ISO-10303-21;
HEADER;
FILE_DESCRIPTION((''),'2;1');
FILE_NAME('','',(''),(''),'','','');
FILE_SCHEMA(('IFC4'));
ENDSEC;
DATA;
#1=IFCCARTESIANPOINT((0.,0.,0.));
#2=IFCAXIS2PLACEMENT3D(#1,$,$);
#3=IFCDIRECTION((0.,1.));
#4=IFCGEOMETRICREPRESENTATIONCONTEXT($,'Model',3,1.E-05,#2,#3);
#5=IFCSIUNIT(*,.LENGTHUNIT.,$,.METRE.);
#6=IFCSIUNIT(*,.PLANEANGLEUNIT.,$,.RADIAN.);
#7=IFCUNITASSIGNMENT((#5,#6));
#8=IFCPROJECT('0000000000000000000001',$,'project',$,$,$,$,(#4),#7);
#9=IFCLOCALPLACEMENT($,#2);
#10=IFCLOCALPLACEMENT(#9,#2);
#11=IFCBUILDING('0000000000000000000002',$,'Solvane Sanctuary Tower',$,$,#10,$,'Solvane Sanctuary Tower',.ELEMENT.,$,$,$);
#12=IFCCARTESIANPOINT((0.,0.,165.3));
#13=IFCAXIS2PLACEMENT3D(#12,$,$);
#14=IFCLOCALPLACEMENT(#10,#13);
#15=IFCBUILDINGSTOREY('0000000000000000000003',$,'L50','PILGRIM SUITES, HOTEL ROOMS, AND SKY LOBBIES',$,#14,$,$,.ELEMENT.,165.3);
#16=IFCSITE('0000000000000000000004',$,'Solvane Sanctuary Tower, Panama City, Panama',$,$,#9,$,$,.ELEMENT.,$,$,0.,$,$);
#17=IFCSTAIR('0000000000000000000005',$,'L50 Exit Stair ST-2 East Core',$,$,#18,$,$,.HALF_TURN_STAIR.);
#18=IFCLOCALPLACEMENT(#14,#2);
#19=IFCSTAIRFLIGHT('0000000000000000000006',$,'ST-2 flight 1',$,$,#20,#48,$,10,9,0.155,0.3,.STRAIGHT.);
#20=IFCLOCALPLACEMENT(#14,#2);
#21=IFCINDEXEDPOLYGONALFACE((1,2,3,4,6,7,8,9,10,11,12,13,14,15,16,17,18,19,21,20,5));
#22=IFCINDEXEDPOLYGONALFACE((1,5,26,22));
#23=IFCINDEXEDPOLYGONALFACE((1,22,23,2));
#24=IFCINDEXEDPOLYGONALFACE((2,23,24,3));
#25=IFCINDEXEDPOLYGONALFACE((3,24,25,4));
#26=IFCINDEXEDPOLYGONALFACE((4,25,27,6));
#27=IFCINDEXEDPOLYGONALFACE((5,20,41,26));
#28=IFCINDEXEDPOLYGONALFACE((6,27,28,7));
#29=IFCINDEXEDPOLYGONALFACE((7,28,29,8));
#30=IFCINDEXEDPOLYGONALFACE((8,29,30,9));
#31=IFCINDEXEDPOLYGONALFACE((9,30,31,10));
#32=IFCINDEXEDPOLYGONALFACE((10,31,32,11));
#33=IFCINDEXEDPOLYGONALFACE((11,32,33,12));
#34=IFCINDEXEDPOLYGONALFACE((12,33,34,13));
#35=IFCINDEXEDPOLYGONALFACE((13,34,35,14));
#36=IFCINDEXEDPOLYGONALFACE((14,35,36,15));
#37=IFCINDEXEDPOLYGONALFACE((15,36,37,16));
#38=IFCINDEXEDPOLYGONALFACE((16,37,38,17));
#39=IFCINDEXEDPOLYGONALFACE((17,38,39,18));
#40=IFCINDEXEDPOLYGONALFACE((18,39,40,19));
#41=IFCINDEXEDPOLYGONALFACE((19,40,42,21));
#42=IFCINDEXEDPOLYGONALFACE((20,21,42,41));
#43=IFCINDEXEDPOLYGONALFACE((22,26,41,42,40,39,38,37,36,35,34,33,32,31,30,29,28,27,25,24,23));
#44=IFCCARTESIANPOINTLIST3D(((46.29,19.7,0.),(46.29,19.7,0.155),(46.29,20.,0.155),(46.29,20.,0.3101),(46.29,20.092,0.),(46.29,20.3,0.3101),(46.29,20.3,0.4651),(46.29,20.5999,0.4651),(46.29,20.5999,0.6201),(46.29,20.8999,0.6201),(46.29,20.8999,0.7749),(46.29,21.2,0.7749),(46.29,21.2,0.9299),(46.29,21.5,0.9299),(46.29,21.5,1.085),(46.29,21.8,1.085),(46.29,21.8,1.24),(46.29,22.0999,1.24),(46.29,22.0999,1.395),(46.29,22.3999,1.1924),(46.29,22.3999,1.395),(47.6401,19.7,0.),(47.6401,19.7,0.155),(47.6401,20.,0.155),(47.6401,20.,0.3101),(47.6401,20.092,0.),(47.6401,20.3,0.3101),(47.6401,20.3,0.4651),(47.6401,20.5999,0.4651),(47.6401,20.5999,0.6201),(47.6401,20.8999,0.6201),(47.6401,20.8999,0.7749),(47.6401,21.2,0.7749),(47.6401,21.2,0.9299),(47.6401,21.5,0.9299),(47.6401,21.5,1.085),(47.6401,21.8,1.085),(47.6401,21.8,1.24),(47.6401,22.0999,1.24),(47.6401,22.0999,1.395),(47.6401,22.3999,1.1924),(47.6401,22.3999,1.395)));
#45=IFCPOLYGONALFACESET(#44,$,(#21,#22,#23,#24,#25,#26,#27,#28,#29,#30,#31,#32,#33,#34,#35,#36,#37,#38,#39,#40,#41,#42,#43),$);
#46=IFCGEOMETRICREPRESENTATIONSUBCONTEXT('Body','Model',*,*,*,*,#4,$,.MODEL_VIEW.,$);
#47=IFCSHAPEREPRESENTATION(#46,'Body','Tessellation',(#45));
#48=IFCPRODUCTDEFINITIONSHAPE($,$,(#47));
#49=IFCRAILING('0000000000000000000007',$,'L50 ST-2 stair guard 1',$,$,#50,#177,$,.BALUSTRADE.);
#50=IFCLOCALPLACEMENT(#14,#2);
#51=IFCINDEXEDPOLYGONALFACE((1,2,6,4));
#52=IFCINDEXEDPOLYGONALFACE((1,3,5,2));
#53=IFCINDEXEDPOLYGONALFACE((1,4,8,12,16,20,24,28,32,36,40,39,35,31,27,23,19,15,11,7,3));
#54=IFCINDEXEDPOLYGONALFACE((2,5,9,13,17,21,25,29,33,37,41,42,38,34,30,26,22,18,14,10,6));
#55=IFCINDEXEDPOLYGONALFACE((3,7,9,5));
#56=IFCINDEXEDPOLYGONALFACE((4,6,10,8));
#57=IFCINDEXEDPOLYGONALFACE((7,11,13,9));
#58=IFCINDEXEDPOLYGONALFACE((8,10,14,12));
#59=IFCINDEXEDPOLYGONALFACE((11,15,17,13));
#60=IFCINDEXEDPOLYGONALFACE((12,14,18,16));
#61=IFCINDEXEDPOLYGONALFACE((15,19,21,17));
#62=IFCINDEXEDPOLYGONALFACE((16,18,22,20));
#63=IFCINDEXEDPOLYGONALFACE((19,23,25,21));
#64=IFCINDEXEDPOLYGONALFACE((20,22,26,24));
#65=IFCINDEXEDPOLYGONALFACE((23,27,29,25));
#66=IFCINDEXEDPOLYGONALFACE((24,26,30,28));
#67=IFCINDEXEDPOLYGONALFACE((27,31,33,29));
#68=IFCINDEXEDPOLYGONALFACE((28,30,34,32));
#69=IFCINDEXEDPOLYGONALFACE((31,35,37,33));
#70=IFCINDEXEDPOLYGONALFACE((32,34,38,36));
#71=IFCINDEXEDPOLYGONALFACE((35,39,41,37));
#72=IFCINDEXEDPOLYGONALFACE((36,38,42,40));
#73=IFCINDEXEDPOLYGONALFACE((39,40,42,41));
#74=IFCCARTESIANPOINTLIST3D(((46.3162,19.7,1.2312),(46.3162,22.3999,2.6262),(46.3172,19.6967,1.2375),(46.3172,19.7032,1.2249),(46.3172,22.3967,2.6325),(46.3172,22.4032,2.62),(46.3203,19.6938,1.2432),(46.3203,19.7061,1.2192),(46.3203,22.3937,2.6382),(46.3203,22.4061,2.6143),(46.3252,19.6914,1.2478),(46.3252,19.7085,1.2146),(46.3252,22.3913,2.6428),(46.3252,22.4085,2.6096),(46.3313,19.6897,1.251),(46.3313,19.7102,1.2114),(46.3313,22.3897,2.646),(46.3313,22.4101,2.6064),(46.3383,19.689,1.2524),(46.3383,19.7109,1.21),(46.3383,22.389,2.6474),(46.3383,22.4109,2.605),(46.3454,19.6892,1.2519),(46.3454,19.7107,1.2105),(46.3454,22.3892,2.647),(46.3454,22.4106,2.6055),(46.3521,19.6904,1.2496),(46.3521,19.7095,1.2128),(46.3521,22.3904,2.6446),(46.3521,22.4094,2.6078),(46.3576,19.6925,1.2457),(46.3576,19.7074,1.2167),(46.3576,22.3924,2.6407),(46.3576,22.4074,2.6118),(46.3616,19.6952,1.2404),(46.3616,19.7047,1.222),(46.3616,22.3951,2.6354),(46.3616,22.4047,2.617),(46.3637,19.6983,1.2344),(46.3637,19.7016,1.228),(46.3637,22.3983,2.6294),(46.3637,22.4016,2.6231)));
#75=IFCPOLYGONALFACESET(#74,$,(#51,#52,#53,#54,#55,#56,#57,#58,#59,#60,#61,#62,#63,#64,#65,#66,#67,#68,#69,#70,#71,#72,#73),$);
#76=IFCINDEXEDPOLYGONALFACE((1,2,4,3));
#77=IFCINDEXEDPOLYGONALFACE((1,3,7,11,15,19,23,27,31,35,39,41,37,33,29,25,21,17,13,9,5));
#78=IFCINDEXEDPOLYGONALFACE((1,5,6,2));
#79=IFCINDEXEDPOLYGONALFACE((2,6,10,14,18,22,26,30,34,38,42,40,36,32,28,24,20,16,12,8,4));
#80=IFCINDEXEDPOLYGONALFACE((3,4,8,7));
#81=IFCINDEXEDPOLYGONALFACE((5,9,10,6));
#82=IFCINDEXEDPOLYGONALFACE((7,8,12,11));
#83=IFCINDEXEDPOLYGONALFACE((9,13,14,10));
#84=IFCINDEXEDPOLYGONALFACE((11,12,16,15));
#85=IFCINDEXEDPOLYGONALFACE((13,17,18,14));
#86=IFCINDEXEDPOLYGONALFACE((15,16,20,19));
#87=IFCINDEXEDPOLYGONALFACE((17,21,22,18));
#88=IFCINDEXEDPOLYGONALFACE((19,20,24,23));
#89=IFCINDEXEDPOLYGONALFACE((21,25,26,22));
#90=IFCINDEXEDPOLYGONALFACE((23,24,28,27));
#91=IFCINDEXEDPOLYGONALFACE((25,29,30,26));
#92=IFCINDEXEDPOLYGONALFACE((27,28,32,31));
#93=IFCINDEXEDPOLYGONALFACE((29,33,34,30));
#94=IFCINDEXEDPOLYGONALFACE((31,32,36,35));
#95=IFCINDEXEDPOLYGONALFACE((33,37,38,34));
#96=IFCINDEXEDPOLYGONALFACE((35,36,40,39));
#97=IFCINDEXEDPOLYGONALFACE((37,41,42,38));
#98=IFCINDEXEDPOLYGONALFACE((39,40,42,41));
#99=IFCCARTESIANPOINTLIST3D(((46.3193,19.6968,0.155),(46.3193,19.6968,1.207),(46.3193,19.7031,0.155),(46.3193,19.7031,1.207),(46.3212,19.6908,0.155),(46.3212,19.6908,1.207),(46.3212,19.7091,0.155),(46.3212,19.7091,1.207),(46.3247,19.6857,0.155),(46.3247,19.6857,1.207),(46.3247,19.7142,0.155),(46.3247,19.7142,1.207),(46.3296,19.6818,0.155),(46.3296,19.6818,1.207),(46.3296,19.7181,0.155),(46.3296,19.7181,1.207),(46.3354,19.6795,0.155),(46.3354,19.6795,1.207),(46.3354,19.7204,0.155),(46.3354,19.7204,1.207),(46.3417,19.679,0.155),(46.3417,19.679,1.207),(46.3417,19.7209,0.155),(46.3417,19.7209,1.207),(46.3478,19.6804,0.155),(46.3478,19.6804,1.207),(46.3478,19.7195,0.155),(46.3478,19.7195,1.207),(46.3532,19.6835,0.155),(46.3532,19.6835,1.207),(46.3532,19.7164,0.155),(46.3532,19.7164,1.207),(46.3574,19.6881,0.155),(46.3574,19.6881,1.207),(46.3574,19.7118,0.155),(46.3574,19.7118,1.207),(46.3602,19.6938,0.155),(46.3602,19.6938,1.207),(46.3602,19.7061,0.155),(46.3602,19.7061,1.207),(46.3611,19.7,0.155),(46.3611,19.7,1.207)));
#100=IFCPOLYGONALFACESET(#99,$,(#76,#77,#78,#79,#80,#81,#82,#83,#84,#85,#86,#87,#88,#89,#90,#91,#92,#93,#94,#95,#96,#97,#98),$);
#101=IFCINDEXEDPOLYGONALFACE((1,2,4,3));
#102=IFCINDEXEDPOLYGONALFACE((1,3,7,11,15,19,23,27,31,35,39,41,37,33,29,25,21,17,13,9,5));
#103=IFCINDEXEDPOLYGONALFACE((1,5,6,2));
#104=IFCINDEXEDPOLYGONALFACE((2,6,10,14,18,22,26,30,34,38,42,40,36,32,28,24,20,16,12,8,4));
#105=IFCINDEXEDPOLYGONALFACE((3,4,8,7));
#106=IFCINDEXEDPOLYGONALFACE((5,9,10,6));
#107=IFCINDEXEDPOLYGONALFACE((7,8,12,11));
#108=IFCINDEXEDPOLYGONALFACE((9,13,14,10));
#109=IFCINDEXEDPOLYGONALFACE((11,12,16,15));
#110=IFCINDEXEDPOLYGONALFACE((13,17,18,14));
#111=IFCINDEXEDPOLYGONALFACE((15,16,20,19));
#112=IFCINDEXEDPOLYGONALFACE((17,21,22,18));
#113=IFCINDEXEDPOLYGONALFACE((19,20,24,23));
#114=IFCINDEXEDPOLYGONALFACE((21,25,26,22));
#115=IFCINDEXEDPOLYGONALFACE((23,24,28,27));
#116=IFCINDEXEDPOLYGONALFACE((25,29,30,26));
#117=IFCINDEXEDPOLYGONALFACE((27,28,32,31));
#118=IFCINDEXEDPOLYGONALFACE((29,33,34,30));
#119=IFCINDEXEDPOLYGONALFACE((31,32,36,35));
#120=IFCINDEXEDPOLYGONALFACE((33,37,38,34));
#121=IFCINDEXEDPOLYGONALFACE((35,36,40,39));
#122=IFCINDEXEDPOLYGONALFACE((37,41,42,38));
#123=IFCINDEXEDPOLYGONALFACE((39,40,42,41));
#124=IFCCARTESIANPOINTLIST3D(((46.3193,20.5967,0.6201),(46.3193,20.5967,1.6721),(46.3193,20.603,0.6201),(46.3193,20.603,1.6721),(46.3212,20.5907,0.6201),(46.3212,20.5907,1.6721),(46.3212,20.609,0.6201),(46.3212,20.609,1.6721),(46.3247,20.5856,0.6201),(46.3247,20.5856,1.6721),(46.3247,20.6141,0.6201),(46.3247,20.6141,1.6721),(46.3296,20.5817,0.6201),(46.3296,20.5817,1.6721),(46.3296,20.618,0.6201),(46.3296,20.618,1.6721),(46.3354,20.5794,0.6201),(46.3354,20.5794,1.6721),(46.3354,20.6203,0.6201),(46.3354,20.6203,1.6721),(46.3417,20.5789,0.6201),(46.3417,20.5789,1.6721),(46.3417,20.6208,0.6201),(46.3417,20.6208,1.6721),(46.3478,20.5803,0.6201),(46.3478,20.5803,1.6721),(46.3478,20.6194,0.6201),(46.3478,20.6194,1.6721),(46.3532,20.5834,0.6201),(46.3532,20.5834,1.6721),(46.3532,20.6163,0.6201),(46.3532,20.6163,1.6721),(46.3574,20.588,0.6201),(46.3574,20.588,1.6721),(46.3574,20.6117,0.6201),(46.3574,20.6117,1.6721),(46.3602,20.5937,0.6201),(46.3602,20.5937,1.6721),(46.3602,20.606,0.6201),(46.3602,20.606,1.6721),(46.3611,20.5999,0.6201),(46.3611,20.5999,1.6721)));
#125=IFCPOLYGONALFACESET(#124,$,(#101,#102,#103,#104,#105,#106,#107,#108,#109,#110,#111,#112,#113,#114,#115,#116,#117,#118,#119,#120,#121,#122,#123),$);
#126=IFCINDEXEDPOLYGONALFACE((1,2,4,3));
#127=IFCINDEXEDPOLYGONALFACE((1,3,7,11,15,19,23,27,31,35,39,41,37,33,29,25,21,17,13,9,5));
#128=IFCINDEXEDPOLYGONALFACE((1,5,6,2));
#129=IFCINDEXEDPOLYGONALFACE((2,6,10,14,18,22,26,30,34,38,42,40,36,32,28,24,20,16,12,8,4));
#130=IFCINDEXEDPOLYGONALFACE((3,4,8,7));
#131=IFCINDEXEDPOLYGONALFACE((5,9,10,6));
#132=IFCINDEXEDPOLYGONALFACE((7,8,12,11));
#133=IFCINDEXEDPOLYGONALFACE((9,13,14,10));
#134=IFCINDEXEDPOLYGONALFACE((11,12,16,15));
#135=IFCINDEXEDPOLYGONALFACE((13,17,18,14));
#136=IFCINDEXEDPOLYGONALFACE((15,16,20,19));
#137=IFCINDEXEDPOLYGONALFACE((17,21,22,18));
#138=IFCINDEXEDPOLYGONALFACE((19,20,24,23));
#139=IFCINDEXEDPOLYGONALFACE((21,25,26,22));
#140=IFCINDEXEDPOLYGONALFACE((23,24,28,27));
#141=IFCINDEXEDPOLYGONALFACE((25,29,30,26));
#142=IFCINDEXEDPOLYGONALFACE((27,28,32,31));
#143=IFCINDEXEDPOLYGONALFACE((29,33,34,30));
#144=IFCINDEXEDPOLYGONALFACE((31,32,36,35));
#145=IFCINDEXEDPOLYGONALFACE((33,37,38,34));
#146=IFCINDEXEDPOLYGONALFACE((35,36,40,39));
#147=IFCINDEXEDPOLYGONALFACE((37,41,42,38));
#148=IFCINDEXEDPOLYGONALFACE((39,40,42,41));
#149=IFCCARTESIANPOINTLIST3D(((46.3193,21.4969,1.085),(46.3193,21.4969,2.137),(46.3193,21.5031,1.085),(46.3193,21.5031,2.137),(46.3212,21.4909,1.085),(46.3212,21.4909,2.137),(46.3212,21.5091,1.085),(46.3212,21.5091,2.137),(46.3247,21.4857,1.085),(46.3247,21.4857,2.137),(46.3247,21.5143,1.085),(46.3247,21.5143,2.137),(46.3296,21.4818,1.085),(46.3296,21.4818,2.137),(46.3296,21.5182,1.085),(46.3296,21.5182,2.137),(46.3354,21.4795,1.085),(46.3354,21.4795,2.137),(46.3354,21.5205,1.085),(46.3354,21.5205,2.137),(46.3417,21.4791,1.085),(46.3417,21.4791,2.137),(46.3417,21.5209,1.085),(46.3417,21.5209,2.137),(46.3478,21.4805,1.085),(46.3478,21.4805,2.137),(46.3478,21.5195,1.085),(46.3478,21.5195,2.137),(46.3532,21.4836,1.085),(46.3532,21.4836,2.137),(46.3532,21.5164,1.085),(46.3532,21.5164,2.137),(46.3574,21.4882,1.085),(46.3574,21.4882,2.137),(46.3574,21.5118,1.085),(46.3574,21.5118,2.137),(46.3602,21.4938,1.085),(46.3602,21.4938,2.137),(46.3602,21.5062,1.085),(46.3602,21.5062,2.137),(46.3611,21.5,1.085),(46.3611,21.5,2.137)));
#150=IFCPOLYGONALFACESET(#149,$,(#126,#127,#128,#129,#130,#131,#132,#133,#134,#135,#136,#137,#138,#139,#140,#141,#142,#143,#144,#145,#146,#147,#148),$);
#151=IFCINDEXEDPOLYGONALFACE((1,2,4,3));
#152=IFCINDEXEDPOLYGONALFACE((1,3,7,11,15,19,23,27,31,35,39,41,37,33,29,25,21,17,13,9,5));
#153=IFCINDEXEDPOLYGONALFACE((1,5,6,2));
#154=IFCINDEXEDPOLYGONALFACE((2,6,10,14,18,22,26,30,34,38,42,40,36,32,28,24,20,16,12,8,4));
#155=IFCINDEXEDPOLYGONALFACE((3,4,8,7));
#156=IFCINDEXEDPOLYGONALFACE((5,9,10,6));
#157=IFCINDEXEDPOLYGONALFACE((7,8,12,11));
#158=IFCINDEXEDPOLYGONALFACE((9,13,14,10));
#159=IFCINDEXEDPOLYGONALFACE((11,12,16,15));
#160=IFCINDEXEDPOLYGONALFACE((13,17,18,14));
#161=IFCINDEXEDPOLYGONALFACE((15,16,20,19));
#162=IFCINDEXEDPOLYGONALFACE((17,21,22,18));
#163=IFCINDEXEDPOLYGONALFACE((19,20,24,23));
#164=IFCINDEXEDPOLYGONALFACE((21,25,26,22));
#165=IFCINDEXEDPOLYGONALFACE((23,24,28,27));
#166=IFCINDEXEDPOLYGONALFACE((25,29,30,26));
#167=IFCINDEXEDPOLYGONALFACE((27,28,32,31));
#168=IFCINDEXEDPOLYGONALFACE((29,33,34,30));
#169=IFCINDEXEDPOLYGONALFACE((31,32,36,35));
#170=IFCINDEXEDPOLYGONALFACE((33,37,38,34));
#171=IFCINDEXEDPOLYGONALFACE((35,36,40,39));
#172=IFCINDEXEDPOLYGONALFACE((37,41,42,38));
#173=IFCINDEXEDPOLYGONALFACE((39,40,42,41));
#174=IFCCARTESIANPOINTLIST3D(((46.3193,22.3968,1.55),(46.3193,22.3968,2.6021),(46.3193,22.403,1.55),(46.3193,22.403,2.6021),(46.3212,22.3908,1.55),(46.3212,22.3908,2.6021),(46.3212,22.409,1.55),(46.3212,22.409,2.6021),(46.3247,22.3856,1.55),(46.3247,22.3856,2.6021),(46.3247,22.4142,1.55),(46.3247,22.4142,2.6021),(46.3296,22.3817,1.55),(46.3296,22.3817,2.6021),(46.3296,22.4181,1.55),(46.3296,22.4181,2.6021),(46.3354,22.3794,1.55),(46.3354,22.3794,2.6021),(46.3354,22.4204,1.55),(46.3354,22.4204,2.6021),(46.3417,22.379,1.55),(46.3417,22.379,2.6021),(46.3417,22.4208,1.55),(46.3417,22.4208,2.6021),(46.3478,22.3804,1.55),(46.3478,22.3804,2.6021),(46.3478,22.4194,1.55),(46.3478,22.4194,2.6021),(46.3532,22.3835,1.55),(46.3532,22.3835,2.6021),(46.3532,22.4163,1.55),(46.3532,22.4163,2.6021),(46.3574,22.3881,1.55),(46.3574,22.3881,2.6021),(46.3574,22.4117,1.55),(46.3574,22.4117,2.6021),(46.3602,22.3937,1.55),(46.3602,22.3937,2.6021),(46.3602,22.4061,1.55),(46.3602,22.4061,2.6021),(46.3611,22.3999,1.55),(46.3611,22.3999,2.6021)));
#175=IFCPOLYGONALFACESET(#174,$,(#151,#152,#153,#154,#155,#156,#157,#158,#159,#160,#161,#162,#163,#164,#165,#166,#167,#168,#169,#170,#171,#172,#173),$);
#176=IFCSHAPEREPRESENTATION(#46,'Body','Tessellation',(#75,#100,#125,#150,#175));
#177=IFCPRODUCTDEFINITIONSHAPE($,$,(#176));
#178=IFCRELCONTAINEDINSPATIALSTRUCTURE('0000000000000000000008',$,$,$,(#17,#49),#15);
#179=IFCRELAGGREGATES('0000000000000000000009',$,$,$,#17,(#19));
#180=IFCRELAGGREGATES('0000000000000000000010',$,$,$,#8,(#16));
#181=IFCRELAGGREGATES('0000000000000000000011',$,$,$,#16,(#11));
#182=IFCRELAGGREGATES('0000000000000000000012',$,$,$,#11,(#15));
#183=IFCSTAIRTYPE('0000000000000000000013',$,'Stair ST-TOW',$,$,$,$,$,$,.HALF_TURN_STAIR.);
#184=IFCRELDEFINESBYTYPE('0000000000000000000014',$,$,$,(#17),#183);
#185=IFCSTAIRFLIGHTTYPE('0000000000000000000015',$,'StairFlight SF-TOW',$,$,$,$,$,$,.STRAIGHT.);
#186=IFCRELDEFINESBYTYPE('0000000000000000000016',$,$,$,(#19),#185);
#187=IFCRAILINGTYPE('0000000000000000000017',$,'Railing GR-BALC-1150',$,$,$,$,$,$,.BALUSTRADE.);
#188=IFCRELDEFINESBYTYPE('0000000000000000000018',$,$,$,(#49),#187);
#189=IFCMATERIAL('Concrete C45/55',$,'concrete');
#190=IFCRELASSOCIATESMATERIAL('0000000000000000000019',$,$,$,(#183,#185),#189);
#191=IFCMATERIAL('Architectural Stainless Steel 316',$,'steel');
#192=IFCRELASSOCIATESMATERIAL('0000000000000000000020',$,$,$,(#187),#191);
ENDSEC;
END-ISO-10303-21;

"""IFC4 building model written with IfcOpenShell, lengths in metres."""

from ifc_helpers import new_model, si_unit, direction, frame, origin, origin_2d, place, context, subcontext, project, spatial, polyline, circle, outline, extrude, material, type_object, element, aggregate, save


model = new_model("IFC4")

# Units and contexts
model_context = context("Model", 3, precision=1e-05, world=origin(), true_north=direction((0.0, 1.0)))
body_context = subcontext(model_context, "Body", "Model", "MODEL_VIEW")
ifc_project = project(units=[si_unit("LENGTHUNIT", "METRE"), si_unit("PLANEANGLEUNIT", "RADIAN")], contexts=[model_context])

# Site, building, storey
site_placement = place(None, origin())
site = spatial("IfcSite", under=ifc_project, at=site_placement, Name="Solvane Sanctuary Tower, Panama City, Panama", CompositionType="ELEMENT", RefElevation=0.0)
building_placement = place(site_placement, origin())
building = spatial("IfcBuilding", under=site, at=building_placement, Name="Solvane Sanctuary Tower", LongName="Solvane Sanctuary Tower", CompositionType="ELEMENT")
storey_placement = place(building_placement, frame((0.0, 0.0, 165.3)))
storey = spatial("IfcBuildingStorey", under=building, at=storey_placement, Name="L50", Description="PILGRIM SUITES, HOTEL ROOMS, AND SKY LOBBIES", CompositionType="ELEMENT", Elevation=165.3)

# Stair, stair flight
ifc_material_1 = material(Name="Concrete C45/55", Category="concrete")
stair_type = type_object("IfcStairType", Name="Stair ST-TOW", PredefinedType="HALF_TURN_STAIR", material=ifc_material_1)
stair_placement = place(storey_placement, origin())
stair = element("IfcStair", 1, at=stair_placement, inside=storey, type_object=stair_type, Name="L50 Exit Stair ST-2 East Core", PredefinedType="HALF_TURN_STAIR")
stair_flight_type = type_object("IfcStairFlightType", Name="StairFlight SF-TOW", PredefinedType="STRAIGHT", material=ifc_material_1)
stair_flight_placement = place(storey_placement, frame((46.9651, 19.7, 0.0), z_axis=(0.0, 0.0, 1.0), x_axis=(0.0, 1.0, 0.0)))
stair_flight = element("IfcStairFlight", 2, at=stair_flight_placement, type_object=stair_flight_type, Name="ST-2 flight 1", NumberOfRisers=10, NumberOfTreads=9, PredefinedType="STRAIGHT", RiserHeight=0.155, TreadLength=0.3, context=body_context, shape_type="SweptSolid", body=[
    extrude(outline(polyline([(0.0, 0.0), (0.0, 0.155), (0.3, 0.155), (0.3, 0.3101), (0.6001, 0.3101), (0.6001, 0.4651), (0.8999, 0.4651), (0.8999, 0.6201), (1.2, 0.6201), (1.2, 0.7749), (1.5, 0.7749), (1.5, 0.9299), (1.8, 0.9299), (1.8, 1.085), (2.1001, 1.085), (2.1001, 1.24), (2.3999, 1.24), (2.3999, 1.395), (2.7, 1.395), (2.7, 1.55), (2.7, 1.1924), (0.3921, 0.0), (0.0, 0.0)])), frame((0.0, 0.675, 0.0), z_axis=(0.0, -1.0, 0.0), x_axis=(1.0, 0.0, 0.0)), (0.0, 0.0, 1.0), 1.3501),
])
aggregate(stair, [stair_flight])

# Railing
ifc_material_2 = material(Name="Architectural Stainless Steel 316", Category="steel")
railing_type_1 = type_object("IfcRailingType", Name="Railing GR-BALC-1150", PredefinedType="BALUSTRADE", material=ifc_material_2)
railing_1_placement = place(storey_placement, frame((46.3401, 19.7, 0.155)))
element("IfcRailing", 3, at=railing_1_placement, inside=storey, type_object=railing_type_1, Name="L50 ST-2 stair guard 1", PredefinedType="BALUSTRADE", context=body_context, shape_type="SweptSolid", body=[
    extrude(circle(Radius=0.0239, at=origin_2d()), frame((0.0, 0.0, 1.0762), z_axis=(0.0, 0.88842, 0.459032), x_axis=(-1.0, 0.0, 0.0)), (0.0, 0.0, 1.0), 3.0391),
    extrude(circle(Radius=0.021, at=origin_2d()), origin(), (0.0, 0.0, 1.0), 1.052),
    extrude(circle(Radius=0.021, at=origin_2d()), frame((0.0, 0.8999, 0.4651)), (0.0, 0.0, 1.0), 1.052),
    extrude(circle(Radius=0.021, at=origin_2d()), frame((0.0, 1.8, 0.9299)), (0.0, 0.0, 1.0), 1.052),
    extrude(circle(Radius=0.021, at=origin_2d()), frame((0.0, 2.7, 1.395)), (0.0, 0.0, 1.0), 1.052),
])

save(model, "model.ifc")
